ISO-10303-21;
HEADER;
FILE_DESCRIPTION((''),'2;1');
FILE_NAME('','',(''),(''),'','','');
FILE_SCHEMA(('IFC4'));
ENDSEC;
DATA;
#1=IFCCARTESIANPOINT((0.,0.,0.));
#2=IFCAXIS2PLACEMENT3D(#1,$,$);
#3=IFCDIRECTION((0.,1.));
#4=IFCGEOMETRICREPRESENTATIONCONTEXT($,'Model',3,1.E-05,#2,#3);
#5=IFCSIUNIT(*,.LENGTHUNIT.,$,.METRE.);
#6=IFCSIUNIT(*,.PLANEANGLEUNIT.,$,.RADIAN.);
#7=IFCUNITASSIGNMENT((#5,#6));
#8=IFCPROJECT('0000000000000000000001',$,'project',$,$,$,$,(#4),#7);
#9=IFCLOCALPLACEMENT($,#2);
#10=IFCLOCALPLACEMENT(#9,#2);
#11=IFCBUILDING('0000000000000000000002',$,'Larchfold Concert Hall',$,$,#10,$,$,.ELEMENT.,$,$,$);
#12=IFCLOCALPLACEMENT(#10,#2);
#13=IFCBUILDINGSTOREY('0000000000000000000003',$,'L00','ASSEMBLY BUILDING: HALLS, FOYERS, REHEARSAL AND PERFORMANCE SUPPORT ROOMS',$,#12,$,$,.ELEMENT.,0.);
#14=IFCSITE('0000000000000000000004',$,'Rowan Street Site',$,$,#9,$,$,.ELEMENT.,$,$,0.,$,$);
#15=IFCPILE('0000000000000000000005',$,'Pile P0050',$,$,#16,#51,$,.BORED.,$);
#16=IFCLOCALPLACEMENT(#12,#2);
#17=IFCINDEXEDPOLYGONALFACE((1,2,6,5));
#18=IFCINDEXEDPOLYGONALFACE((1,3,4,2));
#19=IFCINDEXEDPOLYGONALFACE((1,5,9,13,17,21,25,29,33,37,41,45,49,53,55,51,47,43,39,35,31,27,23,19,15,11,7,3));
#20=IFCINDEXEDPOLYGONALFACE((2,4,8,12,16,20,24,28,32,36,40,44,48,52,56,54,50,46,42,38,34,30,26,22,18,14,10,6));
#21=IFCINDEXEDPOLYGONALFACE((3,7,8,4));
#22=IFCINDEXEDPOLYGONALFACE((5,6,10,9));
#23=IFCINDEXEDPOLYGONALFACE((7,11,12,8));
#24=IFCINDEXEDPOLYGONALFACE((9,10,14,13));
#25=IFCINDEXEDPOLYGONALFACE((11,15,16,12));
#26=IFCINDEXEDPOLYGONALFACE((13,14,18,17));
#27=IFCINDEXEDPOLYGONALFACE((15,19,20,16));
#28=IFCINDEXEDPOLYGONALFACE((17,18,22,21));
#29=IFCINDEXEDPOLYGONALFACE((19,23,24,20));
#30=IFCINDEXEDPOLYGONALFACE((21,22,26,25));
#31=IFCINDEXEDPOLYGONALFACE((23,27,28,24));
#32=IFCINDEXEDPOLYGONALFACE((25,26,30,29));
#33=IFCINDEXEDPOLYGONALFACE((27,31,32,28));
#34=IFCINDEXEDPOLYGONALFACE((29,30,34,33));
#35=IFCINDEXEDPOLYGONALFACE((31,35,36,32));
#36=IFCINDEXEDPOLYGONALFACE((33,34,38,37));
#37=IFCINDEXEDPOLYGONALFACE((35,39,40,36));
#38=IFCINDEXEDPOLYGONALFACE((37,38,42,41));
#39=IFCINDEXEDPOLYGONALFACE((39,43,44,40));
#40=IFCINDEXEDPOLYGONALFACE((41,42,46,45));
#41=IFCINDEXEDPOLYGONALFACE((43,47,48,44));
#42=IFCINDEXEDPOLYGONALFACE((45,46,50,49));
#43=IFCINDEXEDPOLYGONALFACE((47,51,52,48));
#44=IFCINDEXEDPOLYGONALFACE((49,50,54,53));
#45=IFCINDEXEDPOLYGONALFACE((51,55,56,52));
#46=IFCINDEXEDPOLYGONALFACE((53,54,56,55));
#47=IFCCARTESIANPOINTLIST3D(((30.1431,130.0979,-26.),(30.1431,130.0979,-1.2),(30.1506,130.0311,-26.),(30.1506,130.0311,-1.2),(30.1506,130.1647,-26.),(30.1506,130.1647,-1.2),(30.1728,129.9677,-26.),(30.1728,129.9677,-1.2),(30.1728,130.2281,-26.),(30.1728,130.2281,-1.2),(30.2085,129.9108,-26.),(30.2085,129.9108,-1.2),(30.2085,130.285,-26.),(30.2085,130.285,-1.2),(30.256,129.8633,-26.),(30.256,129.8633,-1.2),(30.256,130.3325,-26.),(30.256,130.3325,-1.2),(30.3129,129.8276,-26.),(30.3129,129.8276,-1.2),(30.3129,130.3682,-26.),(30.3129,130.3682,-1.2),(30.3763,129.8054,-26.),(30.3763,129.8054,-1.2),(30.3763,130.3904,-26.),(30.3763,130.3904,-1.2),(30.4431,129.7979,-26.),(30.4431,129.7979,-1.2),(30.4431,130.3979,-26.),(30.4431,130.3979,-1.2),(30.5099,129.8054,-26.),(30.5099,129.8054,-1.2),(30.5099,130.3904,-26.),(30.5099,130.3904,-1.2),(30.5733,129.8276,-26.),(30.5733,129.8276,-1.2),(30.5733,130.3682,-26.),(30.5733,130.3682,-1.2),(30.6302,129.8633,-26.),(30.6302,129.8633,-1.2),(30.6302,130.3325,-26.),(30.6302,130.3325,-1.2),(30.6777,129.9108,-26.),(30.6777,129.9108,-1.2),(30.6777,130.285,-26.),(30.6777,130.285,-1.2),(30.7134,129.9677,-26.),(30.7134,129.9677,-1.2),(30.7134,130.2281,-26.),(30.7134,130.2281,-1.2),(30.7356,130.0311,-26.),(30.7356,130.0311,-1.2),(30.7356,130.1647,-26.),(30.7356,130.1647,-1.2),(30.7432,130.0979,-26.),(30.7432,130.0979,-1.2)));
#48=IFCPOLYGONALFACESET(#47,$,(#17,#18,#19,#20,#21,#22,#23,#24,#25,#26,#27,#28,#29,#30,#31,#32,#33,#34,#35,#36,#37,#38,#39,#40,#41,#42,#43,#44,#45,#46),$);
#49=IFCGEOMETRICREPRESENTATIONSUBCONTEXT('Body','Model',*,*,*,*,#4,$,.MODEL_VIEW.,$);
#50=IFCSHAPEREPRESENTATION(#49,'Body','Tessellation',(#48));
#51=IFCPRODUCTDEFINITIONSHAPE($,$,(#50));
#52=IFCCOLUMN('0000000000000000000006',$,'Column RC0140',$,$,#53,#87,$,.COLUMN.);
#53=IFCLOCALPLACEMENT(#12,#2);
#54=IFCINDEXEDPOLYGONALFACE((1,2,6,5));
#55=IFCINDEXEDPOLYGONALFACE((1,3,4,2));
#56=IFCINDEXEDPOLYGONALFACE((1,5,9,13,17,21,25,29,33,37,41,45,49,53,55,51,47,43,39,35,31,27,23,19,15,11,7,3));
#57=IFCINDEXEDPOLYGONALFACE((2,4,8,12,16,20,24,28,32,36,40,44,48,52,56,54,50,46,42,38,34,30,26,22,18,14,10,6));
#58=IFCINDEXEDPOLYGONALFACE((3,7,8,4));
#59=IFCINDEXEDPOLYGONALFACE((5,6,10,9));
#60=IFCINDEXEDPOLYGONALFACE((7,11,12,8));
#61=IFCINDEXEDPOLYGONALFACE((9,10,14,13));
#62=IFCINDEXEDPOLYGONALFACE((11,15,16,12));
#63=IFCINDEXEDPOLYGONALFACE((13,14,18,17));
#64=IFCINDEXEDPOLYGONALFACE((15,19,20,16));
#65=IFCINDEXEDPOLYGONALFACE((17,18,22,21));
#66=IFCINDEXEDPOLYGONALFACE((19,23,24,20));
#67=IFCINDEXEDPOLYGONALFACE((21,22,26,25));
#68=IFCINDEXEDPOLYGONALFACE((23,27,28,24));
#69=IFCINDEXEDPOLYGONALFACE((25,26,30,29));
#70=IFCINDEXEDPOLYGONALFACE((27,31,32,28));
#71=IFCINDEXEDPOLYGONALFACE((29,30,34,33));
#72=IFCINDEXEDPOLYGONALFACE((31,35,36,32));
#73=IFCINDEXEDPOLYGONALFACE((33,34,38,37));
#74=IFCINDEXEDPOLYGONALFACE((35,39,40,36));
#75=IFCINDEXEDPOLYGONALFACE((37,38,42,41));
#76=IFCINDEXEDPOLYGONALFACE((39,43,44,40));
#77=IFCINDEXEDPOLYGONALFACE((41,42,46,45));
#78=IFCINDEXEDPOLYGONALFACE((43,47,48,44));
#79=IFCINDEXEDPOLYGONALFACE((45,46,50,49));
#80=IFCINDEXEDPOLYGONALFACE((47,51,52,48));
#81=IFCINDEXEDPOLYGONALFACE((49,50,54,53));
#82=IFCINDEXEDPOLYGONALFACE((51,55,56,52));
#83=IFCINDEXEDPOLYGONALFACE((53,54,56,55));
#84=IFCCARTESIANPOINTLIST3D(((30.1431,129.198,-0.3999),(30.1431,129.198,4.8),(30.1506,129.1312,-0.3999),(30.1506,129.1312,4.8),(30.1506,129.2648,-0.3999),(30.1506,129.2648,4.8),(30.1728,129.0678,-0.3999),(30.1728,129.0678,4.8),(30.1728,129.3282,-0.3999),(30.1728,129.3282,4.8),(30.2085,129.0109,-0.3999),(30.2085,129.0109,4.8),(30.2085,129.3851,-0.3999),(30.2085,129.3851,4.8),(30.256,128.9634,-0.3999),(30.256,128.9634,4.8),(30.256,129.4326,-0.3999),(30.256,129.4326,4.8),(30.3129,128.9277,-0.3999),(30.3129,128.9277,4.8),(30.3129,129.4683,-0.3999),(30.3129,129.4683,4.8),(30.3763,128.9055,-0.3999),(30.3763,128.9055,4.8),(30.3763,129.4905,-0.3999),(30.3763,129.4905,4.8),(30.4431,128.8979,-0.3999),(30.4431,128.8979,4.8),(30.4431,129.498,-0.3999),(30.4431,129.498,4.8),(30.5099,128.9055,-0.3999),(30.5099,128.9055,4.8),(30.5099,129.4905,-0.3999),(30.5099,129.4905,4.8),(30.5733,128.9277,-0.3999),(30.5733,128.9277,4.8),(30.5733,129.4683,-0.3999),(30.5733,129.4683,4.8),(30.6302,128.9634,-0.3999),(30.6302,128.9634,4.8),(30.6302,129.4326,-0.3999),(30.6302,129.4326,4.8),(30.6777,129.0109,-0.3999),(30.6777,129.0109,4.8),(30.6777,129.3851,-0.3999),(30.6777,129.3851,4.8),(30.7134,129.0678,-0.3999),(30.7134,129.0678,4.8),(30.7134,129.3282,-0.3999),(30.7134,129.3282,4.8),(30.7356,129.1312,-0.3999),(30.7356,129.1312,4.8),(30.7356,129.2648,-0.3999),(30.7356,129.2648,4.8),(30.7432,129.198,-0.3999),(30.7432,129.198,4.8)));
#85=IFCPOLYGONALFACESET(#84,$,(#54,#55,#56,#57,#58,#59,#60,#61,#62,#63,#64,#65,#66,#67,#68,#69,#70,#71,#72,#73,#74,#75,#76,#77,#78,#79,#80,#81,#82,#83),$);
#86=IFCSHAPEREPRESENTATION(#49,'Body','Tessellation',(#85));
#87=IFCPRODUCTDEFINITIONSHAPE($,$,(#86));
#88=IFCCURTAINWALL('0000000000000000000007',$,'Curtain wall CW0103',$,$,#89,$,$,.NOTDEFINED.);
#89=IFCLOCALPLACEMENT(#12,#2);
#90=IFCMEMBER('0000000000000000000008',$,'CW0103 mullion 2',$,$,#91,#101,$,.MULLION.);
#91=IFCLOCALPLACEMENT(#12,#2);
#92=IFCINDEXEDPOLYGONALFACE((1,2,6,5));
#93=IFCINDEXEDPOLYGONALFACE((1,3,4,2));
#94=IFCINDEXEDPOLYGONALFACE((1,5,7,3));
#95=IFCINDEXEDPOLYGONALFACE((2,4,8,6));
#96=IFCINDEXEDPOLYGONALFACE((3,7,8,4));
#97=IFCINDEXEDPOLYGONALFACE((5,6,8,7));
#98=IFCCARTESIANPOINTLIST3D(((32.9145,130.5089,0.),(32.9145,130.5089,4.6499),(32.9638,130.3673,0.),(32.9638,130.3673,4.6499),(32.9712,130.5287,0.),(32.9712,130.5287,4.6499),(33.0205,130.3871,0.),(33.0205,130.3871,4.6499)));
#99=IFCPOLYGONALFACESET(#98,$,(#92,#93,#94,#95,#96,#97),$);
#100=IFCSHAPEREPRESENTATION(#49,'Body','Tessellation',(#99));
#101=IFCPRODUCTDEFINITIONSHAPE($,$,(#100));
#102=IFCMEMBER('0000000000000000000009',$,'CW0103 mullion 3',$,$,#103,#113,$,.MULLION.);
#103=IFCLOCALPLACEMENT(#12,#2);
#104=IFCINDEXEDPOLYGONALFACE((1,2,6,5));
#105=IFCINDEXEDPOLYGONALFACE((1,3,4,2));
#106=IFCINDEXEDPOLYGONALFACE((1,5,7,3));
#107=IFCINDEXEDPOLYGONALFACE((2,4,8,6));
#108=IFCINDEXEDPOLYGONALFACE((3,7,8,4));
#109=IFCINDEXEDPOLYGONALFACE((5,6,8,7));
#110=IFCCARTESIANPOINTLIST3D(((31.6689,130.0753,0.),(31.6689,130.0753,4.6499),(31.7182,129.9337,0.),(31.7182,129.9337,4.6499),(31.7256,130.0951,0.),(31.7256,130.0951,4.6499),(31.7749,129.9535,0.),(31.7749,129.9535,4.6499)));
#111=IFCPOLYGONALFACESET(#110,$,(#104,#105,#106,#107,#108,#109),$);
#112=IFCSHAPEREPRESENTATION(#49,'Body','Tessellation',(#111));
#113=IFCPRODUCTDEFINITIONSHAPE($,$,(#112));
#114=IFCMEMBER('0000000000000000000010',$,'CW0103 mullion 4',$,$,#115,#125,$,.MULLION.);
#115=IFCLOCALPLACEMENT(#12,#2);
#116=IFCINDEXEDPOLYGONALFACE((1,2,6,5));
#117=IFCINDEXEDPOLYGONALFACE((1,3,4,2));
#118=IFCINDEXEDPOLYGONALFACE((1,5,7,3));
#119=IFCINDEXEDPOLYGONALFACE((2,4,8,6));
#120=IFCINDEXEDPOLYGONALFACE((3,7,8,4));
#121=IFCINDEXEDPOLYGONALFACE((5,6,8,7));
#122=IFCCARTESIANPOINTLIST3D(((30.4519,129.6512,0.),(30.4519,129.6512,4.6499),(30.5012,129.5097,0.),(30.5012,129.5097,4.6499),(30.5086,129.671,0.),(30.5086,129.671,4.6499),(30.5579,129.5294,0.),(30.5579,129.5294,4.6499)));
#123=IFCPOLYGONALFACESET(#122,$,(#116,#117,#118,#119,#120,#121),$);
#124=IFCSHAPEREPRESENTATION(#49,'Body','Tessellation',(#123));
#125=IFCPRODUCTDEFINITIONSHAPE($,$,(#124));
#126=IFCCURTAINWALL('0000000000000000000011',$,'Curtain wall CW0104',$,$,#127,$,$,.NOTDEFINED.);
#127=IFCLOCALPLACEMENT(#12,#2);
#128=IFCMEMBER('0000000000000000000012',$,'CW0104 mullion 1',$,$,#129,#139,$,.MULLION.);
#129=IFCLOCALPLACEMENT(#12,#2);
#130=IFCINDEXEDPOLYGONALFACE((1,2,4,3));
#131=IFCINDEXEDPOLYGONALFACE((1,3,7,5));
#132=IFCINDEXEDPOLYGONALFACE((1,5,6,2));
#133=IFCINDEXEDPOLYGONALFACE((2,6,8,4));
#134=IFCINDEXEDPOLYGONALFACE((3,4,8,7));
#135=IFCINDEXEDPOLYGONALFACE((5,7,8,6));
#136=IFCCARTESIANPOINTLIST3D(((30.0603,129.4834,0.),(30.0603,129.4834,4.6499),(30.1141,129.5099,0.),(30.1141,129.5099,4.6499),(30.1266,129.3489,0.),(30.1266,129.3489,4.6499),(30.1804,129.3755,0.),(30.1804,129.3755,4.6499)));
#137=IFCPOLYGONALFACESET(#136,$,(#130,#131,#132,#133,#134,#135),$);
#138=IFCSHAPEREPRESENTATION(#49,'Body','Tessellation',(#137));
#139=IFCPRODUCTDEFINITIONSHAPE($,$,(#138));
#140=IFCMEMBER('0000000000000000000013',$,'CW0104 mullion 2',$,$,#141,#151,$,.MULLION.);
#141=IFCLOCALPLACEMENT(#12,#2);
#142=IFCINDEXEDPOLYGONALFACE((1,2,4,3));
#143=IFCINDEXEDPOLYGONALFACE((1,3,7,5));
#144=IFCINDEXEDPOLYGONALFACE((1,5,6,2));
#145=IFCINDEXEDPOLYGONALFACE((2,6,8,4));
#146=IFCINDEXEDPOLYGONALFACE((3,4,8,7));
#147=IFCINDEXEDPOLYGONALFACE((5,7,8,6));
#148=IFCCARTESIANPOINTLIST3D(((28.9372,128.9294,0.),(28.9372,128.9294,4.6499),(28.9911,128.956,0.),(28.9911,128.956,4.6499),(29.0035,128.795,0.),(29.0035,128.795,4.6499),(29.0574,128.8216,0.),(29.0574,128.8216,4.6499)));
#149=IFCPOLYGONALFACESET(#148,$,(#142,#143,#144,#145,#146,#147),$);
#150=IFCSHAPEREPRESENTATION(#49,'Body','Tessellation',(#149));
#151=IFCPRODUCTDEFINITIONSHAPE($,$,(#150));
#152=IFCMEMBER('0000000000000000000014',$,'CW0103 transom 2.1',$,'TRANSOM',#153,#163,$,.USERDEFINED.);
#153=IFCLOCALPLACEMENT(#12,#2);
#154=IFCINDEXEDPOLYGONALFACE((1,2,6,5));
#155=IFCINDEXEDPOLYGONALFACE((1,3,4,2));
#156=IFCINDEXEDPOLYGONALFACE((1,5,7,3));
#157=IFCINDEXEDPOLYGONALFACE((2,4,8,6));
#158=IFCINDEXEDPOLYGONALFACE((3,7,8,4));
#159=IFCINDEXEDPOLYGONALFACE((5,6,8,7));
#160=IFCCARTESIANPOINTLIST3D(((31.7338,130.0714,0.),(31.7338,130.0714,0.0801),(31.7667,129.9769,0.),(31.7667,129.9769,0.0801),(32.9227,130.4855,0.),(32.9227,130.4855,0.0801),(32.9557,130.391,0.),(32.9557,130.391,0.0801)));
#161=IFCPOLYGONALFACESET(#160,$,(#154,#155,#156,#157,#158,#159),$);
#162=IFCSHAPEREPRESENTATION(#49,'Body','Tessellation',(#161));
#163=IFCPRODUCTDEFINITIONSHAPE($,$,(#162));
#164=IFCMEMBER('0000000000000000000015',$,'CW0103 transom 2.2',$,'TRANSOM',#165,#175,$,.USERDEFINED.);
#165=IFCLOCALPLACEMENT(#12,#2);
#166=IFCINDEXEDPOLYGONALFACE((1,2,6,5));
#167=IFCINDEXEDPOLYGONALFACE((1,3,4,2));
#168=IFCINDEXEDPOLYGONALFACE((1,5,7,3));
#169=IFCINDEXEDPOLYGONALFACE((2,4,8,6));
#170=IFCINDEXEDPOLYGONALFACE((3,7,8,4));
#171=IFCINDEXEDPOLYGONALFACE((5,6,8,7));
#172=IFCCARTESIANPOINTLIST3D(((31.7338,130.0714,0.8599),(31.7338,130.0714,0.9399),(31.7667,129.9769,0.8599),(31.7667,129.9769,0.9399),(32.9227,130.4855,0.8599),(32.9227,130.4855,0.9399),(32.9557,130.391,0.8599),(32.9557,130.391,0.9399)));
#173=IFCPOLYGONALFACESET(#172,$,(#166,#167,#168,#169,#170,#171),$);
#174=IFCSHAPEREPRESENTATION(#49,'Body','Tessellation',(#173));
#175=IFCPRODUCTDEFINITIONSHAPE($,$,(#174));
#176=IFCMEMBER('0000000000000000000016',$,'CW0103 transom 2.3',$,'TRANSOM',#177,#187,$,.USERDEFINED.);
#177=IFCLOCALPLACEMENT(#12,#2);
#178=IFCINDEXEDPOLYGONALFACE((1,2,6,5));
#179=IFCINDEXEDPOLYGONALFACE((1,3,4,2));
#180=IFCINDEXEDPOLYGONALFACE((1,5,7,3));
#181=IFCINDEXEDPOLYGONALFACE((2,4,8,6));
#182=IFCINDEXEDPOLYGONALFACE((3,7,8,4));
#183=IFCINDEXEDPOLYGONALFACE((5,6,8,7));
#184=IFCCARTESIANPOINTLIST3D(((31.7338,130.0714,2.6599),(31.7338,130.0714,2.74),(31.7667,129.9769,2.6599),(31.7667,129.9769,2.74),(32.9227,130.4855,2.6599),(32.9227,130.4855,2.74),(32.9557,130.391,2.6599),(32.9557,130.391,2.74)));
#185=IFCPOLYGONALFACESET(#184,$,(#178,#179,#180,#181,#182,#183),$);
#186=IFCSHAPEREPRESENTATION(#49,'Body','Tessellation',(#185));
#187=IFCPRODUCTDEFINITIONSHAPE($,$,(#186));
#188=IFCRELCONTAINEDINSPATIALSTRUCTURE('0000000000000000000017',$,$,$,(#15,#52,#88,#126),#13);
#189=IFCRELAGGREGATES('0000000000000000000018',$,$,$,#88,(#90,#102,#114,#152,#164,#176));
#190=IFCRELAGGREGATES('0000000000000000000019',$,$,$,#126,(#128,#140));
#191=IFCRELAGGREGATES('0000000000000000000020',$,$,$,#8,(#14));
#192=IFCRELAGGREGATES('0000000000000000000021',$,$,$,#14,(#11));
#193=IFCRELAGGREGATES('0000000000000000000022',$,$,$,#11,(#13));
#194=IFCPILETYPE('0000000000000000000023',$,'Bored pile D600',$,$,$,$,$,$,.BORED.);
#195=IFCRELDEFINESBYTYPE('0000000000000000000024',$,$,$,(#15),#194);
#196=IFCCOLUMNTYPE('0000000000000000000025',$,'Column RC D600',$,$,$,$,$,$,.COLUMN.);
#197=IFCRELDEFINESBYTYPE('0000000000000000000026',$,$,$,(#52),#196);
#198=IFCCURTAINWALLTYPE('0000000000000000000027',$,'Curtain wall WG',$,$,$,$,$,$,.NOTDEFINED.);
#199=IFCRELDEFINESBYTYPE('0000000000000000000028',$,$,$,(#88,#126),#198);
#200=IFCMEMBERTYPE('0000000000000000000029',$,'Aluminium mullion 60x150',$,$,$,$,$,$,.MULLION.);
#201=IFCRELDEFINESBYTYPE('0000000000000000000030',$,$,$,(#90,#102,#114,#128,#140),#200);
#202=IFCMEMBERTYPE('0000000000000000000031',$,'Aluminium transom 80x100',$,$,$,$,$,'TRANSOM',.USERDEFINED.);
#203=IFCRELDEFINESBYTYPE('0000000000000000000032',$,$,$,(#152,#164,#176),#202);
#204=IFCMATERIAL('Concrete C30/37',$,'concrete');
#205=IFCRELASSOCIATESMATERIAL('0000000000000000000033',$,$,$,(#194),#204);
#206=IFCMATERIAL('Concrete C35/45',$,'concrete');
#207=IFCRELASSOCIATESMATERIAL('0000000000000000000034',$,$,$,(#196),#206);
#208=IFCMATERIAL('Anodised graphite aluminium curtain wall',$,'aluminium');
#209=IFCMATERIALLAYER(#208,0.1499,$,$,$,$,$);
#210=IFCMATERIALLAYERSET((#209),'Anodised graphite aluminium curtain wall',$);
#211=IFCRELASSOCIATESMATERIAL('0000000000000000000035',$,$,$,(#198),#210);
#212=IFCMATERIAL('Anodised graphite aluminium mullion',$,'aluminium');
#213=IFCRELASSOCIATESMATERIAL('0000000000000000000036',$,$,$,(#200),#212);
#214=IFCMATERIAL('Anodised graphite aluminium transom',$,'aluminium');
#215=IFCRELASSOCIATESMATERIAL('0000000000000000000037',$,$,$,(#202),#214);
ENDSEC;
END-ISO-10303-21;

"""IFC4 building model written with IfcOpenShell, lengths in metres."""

from ifc_helpers import new_model, si_unit, direction, frame, origin, origin_2d, place, context, subcontext, project, spatial, rectangle, circle, extrude, material, layer, layer_set, material_profile, profile_set, type_object, element, aggregate, save


model = new_model("IFC4")

# Units and contexts
model_context = context("Model", 3, precision=1e-05, world=origin(), true_north=direction((0.0, 1.0)))
body_context = subcontext(model_context, "Body", "Model", "MODEL_VIEW")
ifc_project = project(units=[si_unit("LENGTHUNIT", "METRE"), si_unit("PLANEANGLEUNIT", "RADIAN")], contexts=[model_context])

# Site, building, storey
site_placement = place(None, origin())
site = spatial("IfcSite", under=ifc_project, at=site_placement, Name="Rowan Street Site", CompositionType="ELEMENT", RefElevation=0.0)
building_placement = place(site_placement, origin())
building = spatial("IfcBuilding", under=site, at=building_placement, Name="Larchfold Concert Hall", CompositionType="ELEMENT")
storey_placement = place(building_placement, origin())
storey = spatial("IfcBuildingStorey", under=building, at=storey_placement, Name="L00", Description="ASSEMBLY BUILDING: HALLS, FOYERS, REHEARSAL AND PERFORMANCE SUPPORT ROOMS", CompositionType="ELEMENT", Elevation=0.0)

# Pile
ifc_material_1 = material(Name="Concrete C30/37", Category="concrete")
ifc_material_profile_1 = material_profile(ifc_material_1, circle(Radius=0.3, at=origin_2d()))
ifc_profile_set_1 = profile_set([ifc_material_profile_1], Name="Concrete C30/37")
pile_type = type_object("IfcPileType", Name="Bored pile D600", PredefinedType="BORED", material=ifc_profile_set_1)
pile_placement = place(storey_placement, frame((30.4431, 130.0979, -1.2), z_axis=(0.0, 0.0, -1.0), x_axis=(1.0, 0.0, 0.0)))
element("IfcPile", 1, at=pile_placement, inside=storey, type_object=pile_type, Name="Pile P0050", PredefinedType="BORED", context=body_context, shape_type="SweptSolid", body=[
    extrude(circle(Radius=0.3, at=origin_2d()), origin(), (0.0, 0.0, 1.0), 24.8),
])

# Column
ifc_material_2 = material(Name="Concrete C35/45", Category="concrete")
ifc_material_profile_2 = material_profile(ifc_material_2, circle(Radius=0.3, at=origin_2d()))
ifc_profile_set_2 = profile_set([ifc_material_profile_2], Name="Concrete C35/45")
column_type = type_object("IfcColumnType", Name="Column RC D600", PredefinedType="COLUMN", material=ifc_profile_set_2)
column_placement = place(storey_placement, frame((30.4431, 129.198, -0.3999), z_axis=(0.0, 0.0, 1.0), x_axis=(1.0, 0.0, 0.0)))
element("IfcColumn", 2, at=column_placement, inside=storey, type_object=column_type, Name="Column RC0140", PredefinedType="COLUMN", context=body_context, shape_type="SweptSolid", body=[
    extrude(circle(Radius=0.3, at=origin_2d()), origin(), (0.0, 0.0, 1.0), 5.2),
])

# Curtain walls, members
ifc_material_3 = material(Name="Anodised graphite aluminium curtain wall", Category="aluminium")
ifc_layer_1 = layer(ifc_material_3, 0.1499)
ifc_layer_set_1 = layer_set([ifc_layer_1], Name="Anodised graphite aluminium curtain wall")
curtain_wall_type = type_object("IfcCurtainWallType", Name="Curtain wall WG", PredefinedType="NOTDEFINED", material=ifc_layer_set_1)
curtain_wall_1_placement = place(storey_placement, origin())
curtain_wall_1 = element("IfcCurtainWall", 3, at=curtain_wall_1_placement, inside=storey, type_object=curtain_wall_type, Name="Curtain wall CW0103", PredefinedType="NOTDEFINED")
ifc_material_4 = material(Name="Anodised graphite aluminium mullion", Category="aluminium")
ifc_material_profile_3 = material_profile(ifc_material_4, rectangle(XDim=0.1499, YDim=0.0601, at=origin_2d()))
ifc_profile_set_3 = profile_set([ifc_material_profile_3], Name="Anodised graphite aluminium mullion")
member_type_1 = type_object("IfcMemberType", Name="Aluminium mullion 60x150", PredefinedType="MULLION", material=ifc_profile_set_3)
member_1_placement = place(storey_placement, frame((32.9675, 130.448, 0.0), z_axis=(0.0, 0.0, 1.0), x_axis=(0.328899, -0.944365, 0.0)))
member_1 = element("IfcMember", 4, at=member_1_placement, type_object=member_type_1, Name="CW0103 mullion 2", PredefinedType="MULLION", context=body_context, shape_type="SweptSolid", body=[
    extrude(rectangle(XDim=0.1499, YDim=0.0601, at=origin_2d()), origin(), (0.0, 0.0, 1.0), 4.6499),
])
member_2_placement = place(storey_placement, frame((31.7219, 130.0144, 0.0), z_axis=(0.0, 0.0, 1.0), x_axis=(0.328899, -0.944365, 0.0)))
member_2 = element("IfcMember", 5, at=member_2_placement, type_object=member_type_1, Name="CW0103 mullion 3", PredefinedType="MULLION", context=body_context, shape_type="SweptSolid", body=[
    extrude(rectangle(XDim=0.1499, YDim=0.0601, at=origin_2d()), origin(), (0.0, 0.0, 1.0), 4.6499),
])
member_3_placement = place(storey_placement, frame((30.5049, 129.5903, 0.0), z_axis=(0.0, 0.0, 1.0), x_axis=(0.328899, -0.944365, 0.0)))
member_3 = element("IfcMember", 6, at=member_3_placement, type_object=member_type_1, Name="CW0103 mullion 4", PredefinedType="MULLION", context=body_context, shape_type="SweptSolid", body=[
    extrude(rectangle(XDim=0.1499, YDim=0.0601, at=origin_2d()), origin(), (0.0, 0.0, 1.0), 4.6499),
])
curtain_wall_2_placement = place(storey_placement, origin())
curtain_wall_2 = element("IfcCurtainWall", 7, at=curtain_wall_2_placement, inside=storey, type_object=curtain_wall_type, Name="Curtain wall CW0104", PredefinedType="NOTDEFINED")
member_4_placement = place(storey_placement, frame((30.1204, 129.4294, 0.0), z_axis=(0.0, 0.0, 1.0), x_axis=(0.442383, -0.896826, 0.0)))
member_4 = element("IfcMember", 8, at=member_4_placement, type_object=member_type_1, Name="CW0104 mullion 1", PredefinedType="MULLION", context=body_context, shape_type="SweptSolid", body=[
    extrude(rectangle(XDim=0.1499, YDim=0.0601, at=origin_2d()), origin(), (0.0, 0.0, 1.0), 4.6499),
])
member_5_placement = place(storey_placement, frame((28.9973, 128.8755, 0.0), z_axis=(0.0, 0.0, 1.0), x_axis=(0.442383, -0.896826, 0.0)))
member_5 = element("IfcMember", 9, at=member_5_placement, type_object=member_type_1, Name="CW0104 mullion 2", PredefinedType="MULLION", context=body_context, shape_type="SweptSolid", body=[
    extrude(rectangle(XDim=0.1499, YDim=0.0601, at=origin_2d()), origin(), (0.0, 0.0, 1.0), 4.6499),
])

# Members
ifc_material_5 = material(Name="Anodised graphite aluminium transom", Category="aluminium")
ifc_material_profile_4 = material_profile(ifc_material_5, rectangle(XDim=0.1001, YDim=0.0801, at=origin_2d()))
ifc_profile_set_4 = profile_set([ifc_material_profile_4], Name="Anodised graphite aluminium transom")
member_type_2 = type_object("IfcMemberType", Name="Aluminium transom 80x100", ElementType="TRANSOM", PredefinedType="USERDEFINED", material=ifc_profile_set_4)
member_6_placement = place(storey_placement, frame((32.9392, 130.4382, 0.04), z_axis=(-0.944371, -0.328882, 0.0), x_axis=(0.328882, -0.944371, 0.0)))
member_6 = element("IfcMember", 10, at=member_6_placement, type_object=member_type_2, Name="CW0103 transom 2.1", ObjectType="TRANSOM", PredefinedType="USERDEFINED", context=body_context, shape_type="SweptSolid", body=[
    extrude(rectangle(XDim=0.1001, YDim=0.0801, at=origin_2d()), origin(), (0.0, 0.0, 1.0), 1.259),
])
member_7_placement = place(storey_placement, frame((32.9392, 130.4382, 0.8999), z_axis=(-0.944371, -0.328882, 0.0), x_axis=(0.328882, -0.944371, 0.0)))
member_7 = element("IfcMember", 11, at=member_7_placement, type_object=member_type_2, Name="CW0103 transom 2.2", ObjectType="TRANSOM", PredefinedType="USERDEFINED", context=body_context, shape_type="SweptSolid", body=[
    extrude(rectangle(XDim=0.1001, YDim=0.0801, at=origin_2d()), origin(), (0.0, 0.0, 1.0), 1.259),
])
member_8_placement = place(storey_placement, frame((32.9392, 130.4382, 2.7), z_axis=(-0.944371, -0.328882, 0.0), x_axis=(0.328882, -0.944371, 0.0)))
member_8 = element("IfcMember", 12, at=member_8_placement, type_object=member_type_2, Name="CW0103 transom 2.3", ObjectType="TRANSOM", PredefinedType="USERDEFINED", context=body_context, shape_type="SweptSolid", body=[
    extrude(rectangle(XDim=0.1001, YDim=0.0801, at=origin_2d()), origin(), (0.0, 0.0, 1.0), 1.259),
])

aggregate(curtain_wall_1, [member_1, member_2, member_3, member_6, member_7, member_8])
aggregate(curtain_wall_2, [member_4, member_5])

save(model, "model.ifc")
